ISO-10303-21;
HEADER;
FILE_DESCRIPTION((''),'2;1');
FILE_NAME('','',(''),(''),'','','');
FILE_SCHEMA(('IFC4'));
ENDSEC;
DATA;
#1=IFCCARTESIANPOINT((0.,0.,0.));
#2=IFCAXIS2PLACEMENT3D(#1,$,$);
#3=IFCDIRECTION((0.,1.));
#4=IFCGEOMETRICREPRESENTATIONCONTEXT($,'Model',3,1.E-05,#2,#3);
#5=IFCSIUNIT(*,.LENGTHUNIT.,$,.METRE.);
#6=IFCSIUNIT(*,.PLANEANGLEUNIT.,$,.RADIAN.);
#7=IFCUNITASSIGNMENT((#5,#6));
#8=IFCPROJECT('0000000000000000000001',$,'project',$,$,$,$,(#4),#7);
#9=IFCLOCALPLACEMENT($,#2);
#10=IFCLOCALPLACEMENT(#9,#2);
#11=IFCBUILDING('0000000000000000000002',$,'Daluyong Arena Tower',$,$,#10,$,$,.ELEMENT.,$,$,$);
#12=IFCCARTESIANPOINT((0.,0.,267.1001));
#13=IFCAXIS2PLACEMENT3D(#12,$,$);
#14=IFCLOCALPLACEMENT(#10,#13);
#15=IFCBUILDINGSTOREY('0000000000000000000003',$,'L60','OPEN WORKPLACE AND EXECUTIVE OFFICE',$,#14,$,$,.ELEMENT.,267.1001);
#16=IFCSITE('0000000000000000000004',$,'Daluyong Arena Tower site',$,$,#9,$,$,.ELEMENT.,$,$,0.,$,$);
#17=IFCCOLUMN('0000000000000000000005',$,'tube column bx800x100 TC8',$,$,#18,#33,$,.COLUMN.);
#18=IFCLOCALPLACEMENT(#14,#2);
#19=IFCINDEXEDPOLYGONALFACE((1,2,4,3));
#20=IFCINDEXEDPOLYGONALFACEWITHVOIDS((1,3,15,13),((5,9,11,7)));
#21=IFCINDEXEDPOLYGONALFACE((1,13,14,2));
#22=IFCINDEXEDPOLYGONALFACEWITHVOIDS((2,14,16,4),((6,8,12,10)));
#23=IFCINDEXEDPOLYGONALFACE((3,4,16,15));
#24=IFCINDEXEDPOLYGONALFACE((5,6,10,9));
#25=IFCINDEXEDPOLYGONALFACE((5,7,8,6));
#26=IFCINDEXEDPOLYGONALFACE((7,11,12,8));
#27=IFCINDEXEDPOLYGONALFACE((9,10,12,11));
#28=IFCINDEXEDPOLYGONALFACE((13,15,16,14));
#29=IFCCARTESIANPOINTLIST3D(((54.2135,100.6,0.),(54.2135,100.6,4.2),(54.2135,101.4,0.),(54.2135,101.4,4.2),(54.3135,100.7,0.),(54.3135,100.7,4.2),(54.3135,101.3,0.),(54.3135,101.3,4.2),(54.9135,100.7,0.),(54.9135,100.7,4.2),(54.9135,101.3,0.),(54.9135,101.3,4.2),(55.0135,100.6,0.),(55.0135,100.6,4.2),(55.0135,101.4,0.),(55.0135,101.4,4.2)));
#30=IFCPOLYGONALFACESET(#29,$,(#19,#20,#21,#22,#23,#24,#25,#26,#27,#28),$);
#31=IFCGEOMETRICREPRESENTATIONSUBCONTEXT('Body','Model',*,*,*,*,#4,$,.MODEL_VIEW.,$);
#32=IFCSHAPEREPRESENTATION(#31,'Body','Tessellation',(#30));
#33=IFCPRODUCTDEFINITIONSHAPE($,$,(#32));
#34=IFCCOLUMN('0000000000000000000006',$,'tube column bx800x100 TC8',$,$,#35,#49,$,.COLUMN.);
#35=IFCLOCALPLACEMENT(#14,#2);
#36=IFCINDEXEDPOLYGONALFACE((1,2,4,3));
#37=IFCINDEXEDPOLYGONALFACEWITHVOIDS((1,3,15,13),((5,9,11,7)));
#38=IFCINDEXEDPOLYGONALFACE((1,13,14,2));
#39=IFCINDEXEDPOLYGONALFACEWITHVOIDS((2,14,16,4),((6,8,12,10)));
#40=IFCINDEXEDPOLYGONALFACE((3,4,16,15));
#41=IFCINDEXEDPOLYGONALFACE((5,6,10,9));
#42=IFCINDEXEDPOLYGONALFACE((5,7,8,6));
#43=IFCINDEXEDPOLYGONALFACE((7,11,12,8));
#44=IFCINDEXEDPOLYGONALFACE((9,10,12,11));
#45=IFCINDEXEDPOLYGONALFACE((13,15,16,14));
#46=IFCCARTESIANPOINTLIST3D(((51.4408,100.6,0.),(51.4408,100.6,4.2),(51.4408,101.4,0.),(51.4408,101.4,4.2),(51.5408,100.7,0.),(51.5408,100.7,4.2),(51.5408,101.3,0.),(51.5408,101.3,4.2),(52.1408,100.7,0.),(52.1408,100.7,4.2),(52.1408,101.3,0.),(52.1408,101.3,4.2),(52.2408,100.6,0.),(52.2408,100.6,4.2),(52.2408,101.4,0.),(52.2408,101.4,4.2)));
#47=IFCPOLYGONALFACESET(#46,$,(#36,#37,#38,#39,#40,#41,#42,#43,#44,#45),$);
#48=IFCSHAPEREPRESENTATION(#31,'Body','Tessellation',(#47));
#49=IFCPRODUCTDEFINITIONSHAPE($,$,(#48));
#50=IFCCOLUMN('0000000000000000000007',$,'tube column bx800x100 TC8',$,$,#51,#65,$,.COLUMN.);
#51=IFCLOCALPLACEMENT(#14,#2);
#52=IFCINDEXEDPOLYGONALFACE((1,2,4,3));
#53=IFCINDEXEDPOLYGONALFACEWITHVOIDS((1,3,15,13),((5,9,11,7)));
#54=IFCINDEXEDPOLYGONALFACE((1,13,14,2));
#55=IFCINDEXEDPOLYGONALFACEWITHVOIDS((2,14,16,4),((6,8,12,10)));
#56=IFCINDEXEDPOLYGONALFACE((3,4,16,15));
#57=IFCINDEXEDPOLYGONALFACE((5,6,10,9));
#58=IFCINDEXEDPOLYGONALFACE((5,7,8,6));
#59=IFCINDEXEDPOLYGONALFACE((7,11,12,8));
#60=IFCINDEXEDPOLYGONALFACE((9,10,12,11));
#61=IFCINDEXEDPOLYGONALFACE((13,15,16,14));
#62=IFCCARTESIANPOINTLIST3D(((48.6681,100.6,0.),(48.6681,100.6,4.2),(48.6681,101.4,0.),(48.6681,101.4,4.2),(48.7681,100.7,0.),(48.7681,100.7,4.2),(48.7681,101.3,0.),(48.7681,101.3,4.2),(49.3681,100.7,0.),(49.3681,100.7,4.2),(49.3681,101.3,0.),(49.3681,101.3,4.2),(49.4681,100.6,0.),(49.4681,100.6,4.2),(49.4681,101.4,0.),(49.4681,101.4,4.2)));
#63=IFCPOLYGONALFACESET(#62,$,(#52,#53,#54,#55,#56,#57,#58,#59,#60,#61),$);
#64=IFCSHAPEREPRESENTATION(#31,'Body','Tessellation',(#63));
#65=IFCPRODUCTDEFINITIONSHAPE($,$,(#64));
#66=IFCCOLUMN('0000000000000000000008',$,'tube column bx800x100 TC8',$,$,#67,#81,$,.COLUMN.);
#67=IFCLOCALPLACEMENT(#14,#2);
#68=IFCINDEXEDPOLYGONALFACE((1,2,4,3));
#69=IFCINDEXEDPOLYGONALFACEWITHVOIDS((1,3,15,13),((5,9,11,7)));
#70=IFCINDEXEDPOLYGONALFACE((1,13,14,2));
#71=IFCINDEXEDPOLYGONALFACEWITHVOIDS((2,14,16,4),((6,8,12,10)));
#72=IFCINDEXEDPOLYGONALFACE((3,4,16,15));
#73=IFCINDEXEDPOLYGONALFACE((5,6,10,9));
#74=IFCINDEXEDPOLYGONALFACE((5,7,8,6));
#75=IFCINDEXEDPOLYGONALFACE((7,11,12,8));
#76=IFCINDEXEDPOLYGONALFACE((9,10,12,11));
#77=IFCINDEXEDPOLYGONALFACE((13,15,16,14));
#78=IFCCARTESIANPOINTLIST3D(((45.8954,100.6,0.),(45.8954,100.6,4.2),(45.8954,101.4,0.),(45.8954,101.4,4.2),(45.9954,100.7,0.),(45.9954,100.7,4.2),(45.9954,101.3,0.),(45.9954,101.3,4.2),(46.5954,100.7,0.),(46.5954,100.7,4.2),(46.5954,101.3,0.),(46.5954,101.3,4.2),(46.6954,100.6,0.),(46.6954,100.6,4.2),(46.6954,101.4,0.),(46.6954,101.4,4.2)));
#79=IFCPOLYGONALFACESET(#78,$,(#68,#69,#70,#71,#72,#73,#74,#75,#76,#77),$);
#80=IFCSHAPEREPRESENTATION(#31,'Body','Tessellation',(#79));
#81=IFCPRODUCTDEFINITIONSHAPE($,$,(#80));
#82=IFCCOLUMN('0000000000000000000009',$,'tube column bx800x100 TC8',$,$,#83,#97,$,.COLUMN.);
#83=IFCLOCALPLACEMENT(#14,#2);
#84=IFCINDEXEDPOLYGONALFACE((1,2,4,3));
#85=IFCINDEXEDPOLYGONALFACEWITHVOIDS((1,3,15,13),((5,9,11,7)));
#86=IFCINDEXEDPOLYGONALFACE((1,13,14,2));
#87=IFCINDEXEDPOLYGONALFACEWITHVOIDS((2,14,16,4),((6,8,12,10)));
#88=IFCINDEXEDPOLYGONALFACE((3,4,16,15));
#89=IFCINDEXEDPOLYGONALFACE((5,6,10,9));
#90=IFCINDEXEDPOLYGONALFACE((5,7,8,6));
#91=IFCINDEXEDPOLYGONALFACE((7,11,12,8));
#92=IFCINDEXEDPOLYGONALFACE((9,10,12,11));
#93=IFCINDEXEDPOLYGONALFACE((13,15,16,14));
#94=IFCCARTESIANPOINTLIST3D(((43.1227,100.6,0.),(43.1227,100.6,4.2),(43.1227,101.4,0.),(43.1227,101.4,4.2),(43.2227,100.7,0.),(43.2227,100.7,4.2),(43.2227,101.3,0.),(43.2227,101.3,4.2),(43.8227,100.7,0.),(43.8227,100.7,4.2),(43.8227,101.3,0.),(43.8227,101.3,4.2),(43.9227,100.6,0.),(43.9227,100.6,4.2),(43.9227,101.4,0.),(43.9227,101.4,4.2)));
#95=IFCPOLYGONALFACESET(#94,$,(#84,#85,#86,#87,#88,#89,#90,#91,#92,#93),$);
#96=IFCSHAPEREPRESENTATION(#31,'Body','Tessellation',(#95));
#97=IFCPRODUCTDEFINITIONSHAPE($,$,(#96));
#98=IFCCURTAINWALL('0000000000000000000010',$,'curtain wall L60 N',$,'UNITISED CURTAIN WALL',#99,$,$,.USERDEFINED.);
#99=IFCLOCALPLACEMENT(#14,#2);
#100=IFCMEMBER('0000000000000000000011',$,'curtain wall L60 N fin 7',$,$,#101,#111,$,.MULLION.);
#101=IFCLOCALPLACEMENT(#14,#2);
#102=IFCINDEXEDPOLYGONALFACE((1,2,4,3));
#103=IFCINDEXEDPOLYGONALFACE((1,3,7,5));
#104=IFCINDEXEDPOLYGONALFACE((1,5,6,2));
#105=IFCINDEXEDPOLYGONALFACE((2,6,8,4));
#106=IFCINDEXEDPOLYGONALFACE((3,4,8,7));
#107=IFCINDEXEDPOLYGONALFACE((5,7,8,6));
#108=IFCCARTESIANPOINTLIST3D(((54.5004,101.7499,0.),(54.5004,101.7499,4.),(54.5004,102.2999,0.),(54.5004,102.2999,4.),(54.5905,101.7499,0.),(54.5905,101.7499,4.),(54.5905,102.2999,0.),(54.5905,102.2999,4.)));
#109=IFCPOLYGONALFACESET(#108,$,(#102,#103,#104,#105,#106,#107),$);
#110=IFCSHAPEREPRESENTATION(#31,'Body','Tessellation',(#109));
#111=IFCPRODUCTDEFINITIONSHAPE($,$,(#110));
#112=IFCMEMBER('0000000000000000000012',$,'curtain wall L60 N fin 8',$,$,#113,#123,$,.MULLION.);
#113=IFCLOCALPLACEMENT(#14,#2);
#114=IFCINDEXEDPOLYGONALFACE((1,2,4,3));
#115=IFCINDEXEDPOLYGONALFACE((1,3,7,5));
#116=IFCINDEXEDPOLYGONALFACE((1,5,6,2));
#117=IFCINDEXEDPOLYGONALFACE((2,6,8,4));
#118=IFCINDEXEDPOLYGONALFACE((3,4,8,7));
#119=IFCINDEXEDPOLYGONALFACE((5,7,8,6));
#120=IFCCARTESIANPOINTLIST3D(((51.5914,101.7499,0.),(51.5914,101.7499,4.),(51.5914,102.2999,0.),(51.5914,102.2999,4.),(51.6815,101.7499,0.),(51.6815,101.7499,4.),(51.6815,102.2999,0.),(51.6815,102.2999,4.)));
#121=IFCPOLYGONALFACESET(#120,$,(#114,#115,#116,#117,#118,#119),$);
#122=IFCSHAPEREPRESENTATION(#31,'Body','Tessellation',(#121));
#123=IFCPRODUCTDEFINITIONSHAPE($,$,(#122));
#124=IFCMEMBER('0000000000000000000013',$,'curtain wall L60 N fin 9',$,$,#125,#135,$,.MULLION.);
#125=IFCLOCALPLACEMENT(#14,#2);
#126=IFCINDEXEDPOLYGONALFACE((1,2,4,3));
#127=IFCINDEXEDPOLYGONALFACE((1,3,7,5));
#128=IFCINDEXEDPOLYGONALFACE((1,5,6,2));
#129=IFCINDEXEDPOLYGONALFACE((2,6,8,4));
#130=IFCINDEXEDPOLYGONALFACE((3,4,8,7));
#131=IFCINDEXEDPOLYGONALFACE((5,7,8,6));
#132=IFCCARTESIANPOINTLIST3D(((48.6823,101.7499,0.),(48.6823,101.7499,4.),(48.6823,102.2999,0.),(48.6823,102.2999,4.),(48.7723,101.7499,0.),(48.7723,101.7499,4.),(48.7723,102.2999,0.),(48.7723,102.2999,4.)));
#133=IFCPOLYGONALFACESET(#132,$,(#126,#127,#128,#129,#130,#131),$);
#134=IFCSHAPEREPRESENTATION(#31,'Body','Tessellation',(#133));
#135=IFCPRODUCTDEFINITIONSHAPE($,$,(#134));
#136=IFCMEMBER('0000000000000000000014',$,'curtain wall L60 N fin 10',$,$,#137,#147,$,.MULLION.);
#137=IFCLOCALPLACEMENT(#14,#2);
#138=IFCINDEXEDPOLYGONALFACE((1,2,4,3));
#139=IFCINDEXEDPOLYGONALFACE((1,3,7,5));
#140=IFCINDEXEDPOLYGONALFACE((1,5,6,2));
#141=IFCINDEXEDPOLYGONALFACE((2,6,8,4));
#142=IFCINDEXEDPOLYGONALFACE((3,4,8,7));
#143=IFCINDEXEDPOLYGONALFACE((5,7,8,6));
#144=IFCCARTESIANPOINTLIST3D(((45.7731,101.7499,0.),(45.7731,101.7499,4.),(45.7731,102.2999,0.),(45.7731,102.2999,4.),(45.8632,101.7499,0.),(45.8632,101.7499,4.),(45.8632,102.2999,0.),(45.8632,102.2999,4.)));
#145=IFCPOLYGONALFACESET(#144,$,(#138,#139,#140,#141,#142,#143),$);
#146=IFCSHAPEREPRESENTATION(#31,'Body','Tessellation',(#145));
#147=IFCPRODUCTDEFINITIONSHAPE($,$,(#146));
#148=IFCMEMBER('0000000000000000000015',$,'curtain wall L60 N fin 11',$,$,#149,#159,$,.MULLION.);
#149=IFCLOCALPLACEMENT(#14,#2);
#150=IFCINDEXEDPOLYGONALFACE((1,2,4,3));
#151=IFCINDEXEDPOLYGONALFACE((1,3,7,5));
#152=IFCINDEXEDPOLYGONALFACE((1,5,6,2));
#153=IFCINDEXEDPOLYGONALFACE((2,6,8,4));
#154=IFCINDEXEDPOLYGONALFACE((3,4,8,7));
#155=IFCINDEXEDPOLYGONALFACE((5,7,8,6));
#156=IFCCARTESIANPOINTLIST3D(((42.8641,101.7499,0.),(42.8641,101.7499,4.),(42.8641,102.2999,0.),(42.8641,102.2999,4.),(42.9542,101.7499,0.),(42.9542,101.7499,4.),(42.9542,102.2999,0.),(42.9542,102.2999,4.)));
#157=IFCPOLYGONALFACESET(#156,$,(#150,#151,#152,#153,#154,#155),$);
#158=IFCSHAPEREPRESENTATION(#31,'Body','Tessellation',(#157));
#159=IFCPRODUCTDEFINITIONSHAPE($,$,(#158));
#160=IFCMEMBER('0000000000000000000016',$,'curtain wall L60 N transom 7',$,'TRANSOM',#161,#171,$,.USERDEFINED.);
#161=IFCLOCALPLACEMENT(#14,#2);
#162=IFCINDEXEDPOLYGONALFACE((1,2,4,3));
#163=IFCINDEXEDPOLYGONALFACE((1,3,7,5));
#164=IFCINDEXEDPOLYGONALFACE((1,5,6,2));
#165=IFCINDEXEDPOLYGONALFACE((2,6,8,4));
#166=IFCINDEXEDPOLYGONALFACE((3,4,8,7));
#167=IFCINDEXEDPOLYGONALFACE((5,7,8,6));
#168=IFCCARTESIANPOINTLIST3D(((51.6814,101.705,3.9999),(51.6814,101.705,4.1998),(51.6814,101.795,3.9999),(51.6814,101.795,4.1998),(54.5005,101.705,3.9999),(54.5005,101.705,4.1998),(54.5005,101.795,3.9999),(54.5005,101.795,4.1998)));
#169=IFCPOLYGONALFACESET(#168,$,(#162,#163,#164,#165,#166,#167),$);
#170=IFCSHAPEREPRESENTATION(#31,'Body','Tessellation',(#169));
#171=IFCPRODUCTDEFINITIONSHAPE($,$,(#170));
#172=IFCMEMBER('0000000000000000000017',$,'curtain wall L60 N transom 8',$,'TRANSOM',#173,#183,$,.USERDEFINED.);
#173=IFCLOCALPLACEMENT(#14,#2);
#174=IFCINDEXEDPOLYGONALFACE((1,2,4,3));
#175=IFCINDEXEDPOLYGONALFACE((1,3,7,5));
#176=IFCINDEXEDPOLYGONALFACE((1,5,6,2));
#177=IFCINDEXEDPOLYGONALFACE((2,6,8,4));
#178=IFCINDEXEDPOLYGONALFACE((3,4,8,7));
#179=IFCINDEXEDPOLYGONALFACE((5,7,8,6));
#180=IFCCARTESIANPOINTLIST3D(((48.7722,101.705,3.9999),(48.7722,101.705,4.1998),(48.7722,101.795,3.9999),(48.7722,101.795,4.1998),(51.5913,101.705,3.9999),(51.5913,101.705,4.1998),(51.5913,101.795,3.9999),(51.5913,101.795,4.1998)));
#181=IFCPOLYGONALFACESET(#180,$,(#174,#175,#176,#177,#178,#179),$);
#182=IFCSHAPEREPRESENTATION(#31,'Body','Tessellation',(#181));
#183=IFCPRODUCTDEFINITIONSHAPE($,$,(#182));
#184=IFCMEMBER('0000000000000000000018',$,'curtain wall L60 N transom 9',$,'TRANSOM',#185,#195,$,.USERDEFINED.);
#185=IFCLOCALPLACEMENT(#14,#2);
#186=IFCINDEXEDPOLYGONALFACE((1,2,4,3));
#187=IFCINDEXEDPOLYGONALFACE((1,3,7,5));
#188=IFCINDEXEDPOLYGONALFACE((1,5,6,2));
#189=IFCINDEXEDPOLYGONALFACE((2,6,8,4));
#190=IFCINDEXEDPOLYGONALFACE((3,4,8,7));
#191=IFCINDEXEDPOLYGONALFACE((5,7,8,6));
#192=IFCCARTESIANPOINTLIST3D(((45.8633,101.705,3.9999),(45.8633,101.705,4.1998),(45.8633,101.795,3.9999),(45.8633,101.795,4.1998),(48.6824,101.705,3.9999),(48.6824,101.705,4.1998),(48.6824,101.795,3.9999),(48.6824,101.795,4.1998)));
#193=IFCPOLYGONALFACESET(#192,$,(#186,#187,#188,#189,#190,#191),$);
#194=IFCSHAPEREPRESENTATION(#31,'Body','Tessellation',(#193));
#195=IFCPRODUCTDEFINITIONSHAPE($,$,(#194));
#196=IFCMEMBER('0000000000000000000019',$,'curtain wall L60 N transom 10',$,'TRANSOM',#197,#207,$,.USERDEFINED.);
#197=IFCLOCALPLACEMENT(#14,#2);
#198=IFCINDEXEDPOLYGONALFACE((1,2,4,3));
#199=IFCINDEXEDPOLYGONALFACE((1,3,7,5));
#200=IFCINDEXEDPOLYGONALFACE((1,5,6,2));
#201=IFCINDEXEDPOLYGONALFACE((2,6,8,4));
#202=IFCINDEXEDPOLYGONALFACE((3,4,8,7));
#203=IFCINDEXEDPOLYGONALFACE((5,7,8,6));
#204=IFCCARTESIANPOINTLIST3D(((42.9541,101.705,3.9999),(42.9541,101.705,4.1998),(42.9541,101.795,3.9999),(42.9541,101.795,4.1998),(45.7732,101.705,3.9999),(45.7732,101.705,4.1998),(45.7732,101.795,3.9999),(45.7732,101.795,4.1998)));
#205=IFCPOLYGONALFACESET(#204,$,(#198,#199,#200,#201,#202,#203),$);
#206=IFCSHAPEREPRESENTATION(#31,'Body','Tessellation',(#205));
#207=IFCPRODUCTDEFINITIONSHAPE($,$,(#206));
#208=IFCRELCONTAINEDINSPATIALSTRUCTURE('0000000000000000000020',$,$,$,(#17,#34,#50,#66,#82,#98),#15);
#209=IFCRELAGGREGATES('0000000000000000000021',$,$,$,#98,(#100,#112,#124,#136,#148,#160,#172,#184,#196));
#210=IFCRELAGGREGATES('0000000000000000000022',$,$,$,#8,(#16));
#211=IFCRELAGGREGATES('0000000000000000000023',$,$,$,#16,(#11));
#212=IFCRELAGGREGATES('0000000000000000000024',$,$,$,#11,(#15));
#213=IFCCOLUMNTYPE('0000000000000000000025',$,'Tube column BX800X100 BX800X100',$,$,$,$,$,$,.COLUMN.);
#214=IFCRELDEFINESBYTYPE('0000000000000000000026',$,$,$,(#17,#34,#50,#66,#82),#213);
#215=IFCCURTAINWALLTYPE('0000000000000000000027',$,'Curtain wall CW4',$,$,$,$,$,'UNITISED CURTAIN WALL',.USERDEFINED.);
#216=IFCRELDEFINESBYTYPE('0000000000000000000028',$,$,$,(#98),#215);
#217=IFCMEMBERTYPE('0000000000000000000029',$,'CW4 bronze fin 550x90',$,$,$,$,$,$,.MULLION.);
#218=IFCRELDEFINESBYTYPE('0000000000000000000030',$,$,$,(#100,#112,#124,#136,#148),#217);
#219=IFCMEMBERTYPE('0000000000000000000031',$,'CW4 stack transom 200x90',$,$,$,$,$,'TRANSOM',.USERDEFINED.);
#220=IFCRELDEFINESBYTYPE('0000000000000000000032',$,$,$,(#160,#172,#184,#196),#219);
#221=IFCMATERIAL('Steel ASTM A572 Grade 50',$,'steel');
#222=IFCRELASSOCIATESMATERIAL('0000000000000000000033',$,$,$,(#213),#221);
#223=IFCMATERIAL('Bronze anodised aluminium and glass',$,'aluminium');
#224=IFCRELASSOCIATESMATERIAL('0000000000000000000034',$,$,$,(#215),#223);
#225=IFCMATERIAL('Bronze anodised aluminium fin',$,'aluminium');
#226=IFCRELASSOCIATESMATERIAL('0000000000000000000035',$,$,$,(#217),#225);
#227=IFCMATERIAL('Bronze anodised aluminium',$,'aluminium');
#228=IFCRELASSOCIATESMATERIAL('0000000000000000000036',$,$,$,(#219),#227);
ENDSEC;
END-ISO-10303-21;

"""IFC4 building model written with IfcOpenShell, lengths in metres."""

from ifc_helpers import new_model, si_unit, direction, frame, origin, origin_2d, place, context, subcontext, project, spatial, rectangle, hollow_rectangle, extrude, material, material_profile, profile_set, type_object, element, aggregate, save


model = new_model("IFC4")

# Units and contexts
model_context = context("Model", 3, precision=1e-05, world=origin(), true_north=direction((0.0, 1.0)))
body_context = subcontext(model_context, "Body", "Model", "MODEL_VIEW")
ifc_project = project(units=[si_unit("LENGTHUNIT", "METRE"), si_unit("PLANEANGLEUNIT", "RADIAN")], contexts=[model_context])

# Site, building, storey
site_placement = place(None, origin())
site = spatial("IfcSite", under=ifc_project, at=site_placement, Name="Daluyong Arena Tower site", CompositionType="ELEMENT", RefElevation=0.0)
building_placement = place(site_placement, origin())
building = spatial("IfcBuilding", under=site, at=building_placement, Name="Daluyong Arena Tower", CompositionType="ELEMENT")
storey_placement = place(building_placement, frame((0.0, 0.0, 267.1001)))
storey = spatial("IfcBuildingStorey", under=building, at=storey_placement, Name="L60", Description="OPEN WORKPLACE AND EXECUTIVE OFFICE", CompositionType="ELEMENT", Elevation=267.1001)

# Columns
ifc_material_1 = material(Name="Steel ASTM A572 Grade 50", Category="steel")
ifc_material_profile_1 = material_profile(ifc_material_1, hollow_rectangle(XDim=0.8, YDim=0.8, WallThickness=0.1, at=origin_2d()))
ifc_profile_set_1 = profile_set([ifc_material_profile_1], Name="Steel ASTM A572 Grade 50")
column_type = type_object("IfcColumnType", Name="Tube column BX800X100 BX800X100", PredefinedType="COLUMN", material=ifc_profile_set_1)
for number, where, z_axis, x_axis, name in (
    (1, (54.6135, 101.0, 0.0), (0.0, 0.0, 1.0), (1.0, 0.0, 0.0), "tube column bx800x100 TC8"),
    (2, (51.8408, 101.0, 0.0), (0.0, 0.0, 1.0), (1.0, 0.0, 0.0), "tube column bx800x100 TC8"),
    (3, (49.0681, 101.0, 0.0), (0.0, 0.0, 1.0), (1.0, 0.0, 0.0), "tube column bx800x100 TC8"),
    (4, (46.2954, 101.0, 0.0), (0.0, 0.0, 1.0), (1.0, 0.0, 0.0), "tube column bx800x100 TC8"),
    (5, (43.5227, 101.0, 0.0), (0.0, 0.0, 1.0), (1.0, 0.0, 0.0), "tube column bx800x100 TC8"),
):
    element("IfcColumn", number, at=place(storey_placement, frame(where, z_axis=z_axis, x_axis=x_axis)), inside=storey, type_object=column_type, Name=name, PredefinedType="COLUMN", context=body_context, shape_type="SweptSolid", body=[
        extrude(hollow_rectangle(XDim=0.8, YDim=0.8, WallThickness=0.1, at=origin_2d()), origin(), (0.0, 0.0, 1.0), 4.2),
    ])

# Curtain wall, members
ifc_material_2 = material(Name="Bronze anodised aluminium and glass", Category="aluminium")
curtain_wall_type = type_object("IfcCurtainWallType", Name="Curtain wall CW4", ElementType="UNITISED CURTAIN WALL", PredefinedType="USERDEFINED", material=ifc_material_2)
curtain_wall_placement = place(storey_placement, origin())
curtain_wall = element("IfcCurtainWall", 6, at=curtain_wall_placement, inside=storey, type_object=curtain_wall_type, Name="curtain wall L60 N", ObjectType="UNITISED CURTAIN WALL", PredefinedType="USERDEFINED")
ifc_material_3 = material(Name="Bronze anodised aluminium fin", Category="aluminium")
ifc_material_profile_2 = material_profile(ifc_material_3, rectangle(XDim=0.55, YDim=0.0901, at=origin_2d()))
ifc_profile_set_2 = profile_set([ifc_material_profile_2], Name="Bronze anodised aluminium fin")
member_type_1 = type_object("IfcMemberType", Name="CW4 bronze fin 550x90", PredefinedType="MULLION", material=ifc_profile_set_2)
member_1_placement = place(storey_placement, frame((54.5454, 102.0249, 0.0), z_axis=(0.0, 0.0, 1.0), x_axis=(0.0, -1.0, 0.0)))
member_1 = element("IfcMember", 7, at=member_1_placement, type_object=member_type_1, Name="curtain wall L60 N fin 7", PredefinedType="MULLION", context=body_context, shape_type="SweptSolid", body=[
    extrude(rectangle(XDim=0.55, YDim=0.0901, at=origin_2d()), origin(), (0.0, 0.0, 1.0), 4.0),
])
member_2_placement = place(storey_placement, frame((51.6365, 102.0249, 0.0), z_axis=(0.0, 0.0, 1.0), x_axis=(0.0, -1.0, 0.0)))
member_2 = element("IfcMember", 8, at=member_2_placement, type_object=member_type_1, Name="curtain wall L60 N fin 8", PredefinedType="MULLION", context=body_context, shape_type="SweptSolid", body=[
    extrude(rectangle(XDim=0.55, YDim=0.0901, at=origin_2d()), origin(), (0.0, 0.0, 1.0), 4.0),
])
member_3_placement = place(storey_placement, frame((48.7273, 102.0249, 0.0), z_axis=(0.0, 0.0, 1.0), x_axis=(0.0, -1.0, 0.0)))
member_3 = element("IfcMember", 9, at=member_3_placement, type_object=member_type_1, Name="curtain wall L60 N fin 9", PredefinedType="MULLION", context=body_context, shape_type="SweptSolid", body=[
    extrude(rectangle(XDim=0.55, YDim=0.0901, at=origin_2d()), origin(), (0.0, 0.0, 1.0), 4.0),
])
member_4_placement = place(storey_placement, frame((45.8181, 102.0249, 0.0), z_axis=(0.0, 0.0, 1.0), x_axis=(0.0, -1.0, 0.0)))
member_4 = element("IfcMember", 10, at=member_4_placement, type_object=member_type_1, Name="curtain wall L60 N fin 10", PredefinedType="MULLION", context=body_context, shape_type="SweptSolid", body=[
    extrude(rectangle(XDim=0.55, YDim=0.0901, at=origin_2d()), origin(), (0.0, 0.0, 1.0), 4.0),
])
member_5_placement = place(storey_placement, frame((42.9092, 102.0249, 0.0), z_axis=(0.0, 0.0, 1.0), x_axis=(0.0, -1.0, 0.0)))
member_5 = element("IfcMember", 11, at=member_5_placement, type_object=member_type_1, Name="curtain wall L60 N fin 11", PredefinedType="MULLION", context=body_context, shape_type="SweptSolid", body=[
    extrude(rectangle(XDim=0.55, YDim=0.0901, at=origin_2d()), origin(), (0.0, 0.0, 1.0), 4.0),
])
ifc_material_4 = material(Name="Bronze anodised aluminium", Category="aluminium")
ifc_material_profile_3 = material_profile(ifc_material_4, rectangle(XDim=0.0901, YDim=0.2, at=origin_2d()))
ifc_profile_set_3 = profile_set([ifc_material_profile_3], Name="Bronze anodised aluminium")
member_type_2 = type_object("IfcMemberType", Name="CW4 stack transom 200x90", ElementType="TRANSOM", PredefinedType="USERDEFINED", material=ifc_profile_set_3)
member_6_placement = place(storey_placement, frame((54.5005, 101.75, 4.0999), z_axis=(-1.0, 0.0, 0.0), x_axis=(0.0, -1.0, 0.0)))
member_6 = element("IfcMember", 12, at=member_6_placement, type_object=member_type_2, Name="curtain wall L60 N transom 7", ObjectType="TRANSOM", PredefinedType="USERDEFINED", context=body_context, shape_type="SweptSolid", body=[
    extrude(rectangle(XDim=0.0901, YDim=0.2, at=origin_2d()), origin(), (0.0, 0.0, 1.0), 2.8191),
])
member_7_placement = place(storey_placement, frame((51.5913, 101.75, 4.0999), z_axis=(-1.0, 0.0, 0.0), x_axis=(0.0, -1.0, 0.0)))
member_7 = element("IfcMember", 13, at=member_7_placement, type_object=member_type_2, Name="curtain wall L60 N transom 8", ObjectType="TRANSOM", PredefinedType="USERDEFINED", context=body_context, shape_type="SweptSolid", body=[
    extrude(rectangle(XDim=0.0901, YDim=0.2, at=origin_2d()), origin(), (0.0, 0.0, 1.0), 2.8191),
])
member_8_placement = place(storey_placement, frame((48.6824, 101.75, 4.0999), z_axis=(-1.0, 0.0, 0.0), x_axis=(0.0, -1.0, 0.0)))
member_8 = element("IfcMember", 14, at=member_8_placement, type_object=member_type_2, Name="curtain wall L60 N transom 9", ObjectType="TRANSOM", PredefinedType="USERDEFINED", context=body_context, shape_type="SweptSolid", body=[
    extrude(rectangle(XDim=0.0901, YDim=0.2, at=origin_2d()), origin(), (0.0, 0.0, 1.0), 2.8191),
])
member_9_placement = place(storey_placement, frame((45.7732, 101.75, 4.0999), z_axis=(-1.0, 0.0, 0.0), x_axis=(0.0, -1.0, 0.0)))
member_9 = element("IfcMember", 15, at=member_9_placement, type_object=member_type_2, Name="curtain wall L60 N transom 10", ObjectType="TRANSOM", PredefinedType="USERDEFINED", context=body_context, shape_type="SweptSolid", body=[
    extrude(rectangle(XDim=0.0901, YDim=0.2, at=origin_2d()), origin(), (0.0, 0.0, 1.0), 2.8191),
])

aggregate(curtain_wall, [member_1, member_2, member_3, member_4, member_5, member_6, member_7, member_8, member_9])

save(model, "model.ifc")
